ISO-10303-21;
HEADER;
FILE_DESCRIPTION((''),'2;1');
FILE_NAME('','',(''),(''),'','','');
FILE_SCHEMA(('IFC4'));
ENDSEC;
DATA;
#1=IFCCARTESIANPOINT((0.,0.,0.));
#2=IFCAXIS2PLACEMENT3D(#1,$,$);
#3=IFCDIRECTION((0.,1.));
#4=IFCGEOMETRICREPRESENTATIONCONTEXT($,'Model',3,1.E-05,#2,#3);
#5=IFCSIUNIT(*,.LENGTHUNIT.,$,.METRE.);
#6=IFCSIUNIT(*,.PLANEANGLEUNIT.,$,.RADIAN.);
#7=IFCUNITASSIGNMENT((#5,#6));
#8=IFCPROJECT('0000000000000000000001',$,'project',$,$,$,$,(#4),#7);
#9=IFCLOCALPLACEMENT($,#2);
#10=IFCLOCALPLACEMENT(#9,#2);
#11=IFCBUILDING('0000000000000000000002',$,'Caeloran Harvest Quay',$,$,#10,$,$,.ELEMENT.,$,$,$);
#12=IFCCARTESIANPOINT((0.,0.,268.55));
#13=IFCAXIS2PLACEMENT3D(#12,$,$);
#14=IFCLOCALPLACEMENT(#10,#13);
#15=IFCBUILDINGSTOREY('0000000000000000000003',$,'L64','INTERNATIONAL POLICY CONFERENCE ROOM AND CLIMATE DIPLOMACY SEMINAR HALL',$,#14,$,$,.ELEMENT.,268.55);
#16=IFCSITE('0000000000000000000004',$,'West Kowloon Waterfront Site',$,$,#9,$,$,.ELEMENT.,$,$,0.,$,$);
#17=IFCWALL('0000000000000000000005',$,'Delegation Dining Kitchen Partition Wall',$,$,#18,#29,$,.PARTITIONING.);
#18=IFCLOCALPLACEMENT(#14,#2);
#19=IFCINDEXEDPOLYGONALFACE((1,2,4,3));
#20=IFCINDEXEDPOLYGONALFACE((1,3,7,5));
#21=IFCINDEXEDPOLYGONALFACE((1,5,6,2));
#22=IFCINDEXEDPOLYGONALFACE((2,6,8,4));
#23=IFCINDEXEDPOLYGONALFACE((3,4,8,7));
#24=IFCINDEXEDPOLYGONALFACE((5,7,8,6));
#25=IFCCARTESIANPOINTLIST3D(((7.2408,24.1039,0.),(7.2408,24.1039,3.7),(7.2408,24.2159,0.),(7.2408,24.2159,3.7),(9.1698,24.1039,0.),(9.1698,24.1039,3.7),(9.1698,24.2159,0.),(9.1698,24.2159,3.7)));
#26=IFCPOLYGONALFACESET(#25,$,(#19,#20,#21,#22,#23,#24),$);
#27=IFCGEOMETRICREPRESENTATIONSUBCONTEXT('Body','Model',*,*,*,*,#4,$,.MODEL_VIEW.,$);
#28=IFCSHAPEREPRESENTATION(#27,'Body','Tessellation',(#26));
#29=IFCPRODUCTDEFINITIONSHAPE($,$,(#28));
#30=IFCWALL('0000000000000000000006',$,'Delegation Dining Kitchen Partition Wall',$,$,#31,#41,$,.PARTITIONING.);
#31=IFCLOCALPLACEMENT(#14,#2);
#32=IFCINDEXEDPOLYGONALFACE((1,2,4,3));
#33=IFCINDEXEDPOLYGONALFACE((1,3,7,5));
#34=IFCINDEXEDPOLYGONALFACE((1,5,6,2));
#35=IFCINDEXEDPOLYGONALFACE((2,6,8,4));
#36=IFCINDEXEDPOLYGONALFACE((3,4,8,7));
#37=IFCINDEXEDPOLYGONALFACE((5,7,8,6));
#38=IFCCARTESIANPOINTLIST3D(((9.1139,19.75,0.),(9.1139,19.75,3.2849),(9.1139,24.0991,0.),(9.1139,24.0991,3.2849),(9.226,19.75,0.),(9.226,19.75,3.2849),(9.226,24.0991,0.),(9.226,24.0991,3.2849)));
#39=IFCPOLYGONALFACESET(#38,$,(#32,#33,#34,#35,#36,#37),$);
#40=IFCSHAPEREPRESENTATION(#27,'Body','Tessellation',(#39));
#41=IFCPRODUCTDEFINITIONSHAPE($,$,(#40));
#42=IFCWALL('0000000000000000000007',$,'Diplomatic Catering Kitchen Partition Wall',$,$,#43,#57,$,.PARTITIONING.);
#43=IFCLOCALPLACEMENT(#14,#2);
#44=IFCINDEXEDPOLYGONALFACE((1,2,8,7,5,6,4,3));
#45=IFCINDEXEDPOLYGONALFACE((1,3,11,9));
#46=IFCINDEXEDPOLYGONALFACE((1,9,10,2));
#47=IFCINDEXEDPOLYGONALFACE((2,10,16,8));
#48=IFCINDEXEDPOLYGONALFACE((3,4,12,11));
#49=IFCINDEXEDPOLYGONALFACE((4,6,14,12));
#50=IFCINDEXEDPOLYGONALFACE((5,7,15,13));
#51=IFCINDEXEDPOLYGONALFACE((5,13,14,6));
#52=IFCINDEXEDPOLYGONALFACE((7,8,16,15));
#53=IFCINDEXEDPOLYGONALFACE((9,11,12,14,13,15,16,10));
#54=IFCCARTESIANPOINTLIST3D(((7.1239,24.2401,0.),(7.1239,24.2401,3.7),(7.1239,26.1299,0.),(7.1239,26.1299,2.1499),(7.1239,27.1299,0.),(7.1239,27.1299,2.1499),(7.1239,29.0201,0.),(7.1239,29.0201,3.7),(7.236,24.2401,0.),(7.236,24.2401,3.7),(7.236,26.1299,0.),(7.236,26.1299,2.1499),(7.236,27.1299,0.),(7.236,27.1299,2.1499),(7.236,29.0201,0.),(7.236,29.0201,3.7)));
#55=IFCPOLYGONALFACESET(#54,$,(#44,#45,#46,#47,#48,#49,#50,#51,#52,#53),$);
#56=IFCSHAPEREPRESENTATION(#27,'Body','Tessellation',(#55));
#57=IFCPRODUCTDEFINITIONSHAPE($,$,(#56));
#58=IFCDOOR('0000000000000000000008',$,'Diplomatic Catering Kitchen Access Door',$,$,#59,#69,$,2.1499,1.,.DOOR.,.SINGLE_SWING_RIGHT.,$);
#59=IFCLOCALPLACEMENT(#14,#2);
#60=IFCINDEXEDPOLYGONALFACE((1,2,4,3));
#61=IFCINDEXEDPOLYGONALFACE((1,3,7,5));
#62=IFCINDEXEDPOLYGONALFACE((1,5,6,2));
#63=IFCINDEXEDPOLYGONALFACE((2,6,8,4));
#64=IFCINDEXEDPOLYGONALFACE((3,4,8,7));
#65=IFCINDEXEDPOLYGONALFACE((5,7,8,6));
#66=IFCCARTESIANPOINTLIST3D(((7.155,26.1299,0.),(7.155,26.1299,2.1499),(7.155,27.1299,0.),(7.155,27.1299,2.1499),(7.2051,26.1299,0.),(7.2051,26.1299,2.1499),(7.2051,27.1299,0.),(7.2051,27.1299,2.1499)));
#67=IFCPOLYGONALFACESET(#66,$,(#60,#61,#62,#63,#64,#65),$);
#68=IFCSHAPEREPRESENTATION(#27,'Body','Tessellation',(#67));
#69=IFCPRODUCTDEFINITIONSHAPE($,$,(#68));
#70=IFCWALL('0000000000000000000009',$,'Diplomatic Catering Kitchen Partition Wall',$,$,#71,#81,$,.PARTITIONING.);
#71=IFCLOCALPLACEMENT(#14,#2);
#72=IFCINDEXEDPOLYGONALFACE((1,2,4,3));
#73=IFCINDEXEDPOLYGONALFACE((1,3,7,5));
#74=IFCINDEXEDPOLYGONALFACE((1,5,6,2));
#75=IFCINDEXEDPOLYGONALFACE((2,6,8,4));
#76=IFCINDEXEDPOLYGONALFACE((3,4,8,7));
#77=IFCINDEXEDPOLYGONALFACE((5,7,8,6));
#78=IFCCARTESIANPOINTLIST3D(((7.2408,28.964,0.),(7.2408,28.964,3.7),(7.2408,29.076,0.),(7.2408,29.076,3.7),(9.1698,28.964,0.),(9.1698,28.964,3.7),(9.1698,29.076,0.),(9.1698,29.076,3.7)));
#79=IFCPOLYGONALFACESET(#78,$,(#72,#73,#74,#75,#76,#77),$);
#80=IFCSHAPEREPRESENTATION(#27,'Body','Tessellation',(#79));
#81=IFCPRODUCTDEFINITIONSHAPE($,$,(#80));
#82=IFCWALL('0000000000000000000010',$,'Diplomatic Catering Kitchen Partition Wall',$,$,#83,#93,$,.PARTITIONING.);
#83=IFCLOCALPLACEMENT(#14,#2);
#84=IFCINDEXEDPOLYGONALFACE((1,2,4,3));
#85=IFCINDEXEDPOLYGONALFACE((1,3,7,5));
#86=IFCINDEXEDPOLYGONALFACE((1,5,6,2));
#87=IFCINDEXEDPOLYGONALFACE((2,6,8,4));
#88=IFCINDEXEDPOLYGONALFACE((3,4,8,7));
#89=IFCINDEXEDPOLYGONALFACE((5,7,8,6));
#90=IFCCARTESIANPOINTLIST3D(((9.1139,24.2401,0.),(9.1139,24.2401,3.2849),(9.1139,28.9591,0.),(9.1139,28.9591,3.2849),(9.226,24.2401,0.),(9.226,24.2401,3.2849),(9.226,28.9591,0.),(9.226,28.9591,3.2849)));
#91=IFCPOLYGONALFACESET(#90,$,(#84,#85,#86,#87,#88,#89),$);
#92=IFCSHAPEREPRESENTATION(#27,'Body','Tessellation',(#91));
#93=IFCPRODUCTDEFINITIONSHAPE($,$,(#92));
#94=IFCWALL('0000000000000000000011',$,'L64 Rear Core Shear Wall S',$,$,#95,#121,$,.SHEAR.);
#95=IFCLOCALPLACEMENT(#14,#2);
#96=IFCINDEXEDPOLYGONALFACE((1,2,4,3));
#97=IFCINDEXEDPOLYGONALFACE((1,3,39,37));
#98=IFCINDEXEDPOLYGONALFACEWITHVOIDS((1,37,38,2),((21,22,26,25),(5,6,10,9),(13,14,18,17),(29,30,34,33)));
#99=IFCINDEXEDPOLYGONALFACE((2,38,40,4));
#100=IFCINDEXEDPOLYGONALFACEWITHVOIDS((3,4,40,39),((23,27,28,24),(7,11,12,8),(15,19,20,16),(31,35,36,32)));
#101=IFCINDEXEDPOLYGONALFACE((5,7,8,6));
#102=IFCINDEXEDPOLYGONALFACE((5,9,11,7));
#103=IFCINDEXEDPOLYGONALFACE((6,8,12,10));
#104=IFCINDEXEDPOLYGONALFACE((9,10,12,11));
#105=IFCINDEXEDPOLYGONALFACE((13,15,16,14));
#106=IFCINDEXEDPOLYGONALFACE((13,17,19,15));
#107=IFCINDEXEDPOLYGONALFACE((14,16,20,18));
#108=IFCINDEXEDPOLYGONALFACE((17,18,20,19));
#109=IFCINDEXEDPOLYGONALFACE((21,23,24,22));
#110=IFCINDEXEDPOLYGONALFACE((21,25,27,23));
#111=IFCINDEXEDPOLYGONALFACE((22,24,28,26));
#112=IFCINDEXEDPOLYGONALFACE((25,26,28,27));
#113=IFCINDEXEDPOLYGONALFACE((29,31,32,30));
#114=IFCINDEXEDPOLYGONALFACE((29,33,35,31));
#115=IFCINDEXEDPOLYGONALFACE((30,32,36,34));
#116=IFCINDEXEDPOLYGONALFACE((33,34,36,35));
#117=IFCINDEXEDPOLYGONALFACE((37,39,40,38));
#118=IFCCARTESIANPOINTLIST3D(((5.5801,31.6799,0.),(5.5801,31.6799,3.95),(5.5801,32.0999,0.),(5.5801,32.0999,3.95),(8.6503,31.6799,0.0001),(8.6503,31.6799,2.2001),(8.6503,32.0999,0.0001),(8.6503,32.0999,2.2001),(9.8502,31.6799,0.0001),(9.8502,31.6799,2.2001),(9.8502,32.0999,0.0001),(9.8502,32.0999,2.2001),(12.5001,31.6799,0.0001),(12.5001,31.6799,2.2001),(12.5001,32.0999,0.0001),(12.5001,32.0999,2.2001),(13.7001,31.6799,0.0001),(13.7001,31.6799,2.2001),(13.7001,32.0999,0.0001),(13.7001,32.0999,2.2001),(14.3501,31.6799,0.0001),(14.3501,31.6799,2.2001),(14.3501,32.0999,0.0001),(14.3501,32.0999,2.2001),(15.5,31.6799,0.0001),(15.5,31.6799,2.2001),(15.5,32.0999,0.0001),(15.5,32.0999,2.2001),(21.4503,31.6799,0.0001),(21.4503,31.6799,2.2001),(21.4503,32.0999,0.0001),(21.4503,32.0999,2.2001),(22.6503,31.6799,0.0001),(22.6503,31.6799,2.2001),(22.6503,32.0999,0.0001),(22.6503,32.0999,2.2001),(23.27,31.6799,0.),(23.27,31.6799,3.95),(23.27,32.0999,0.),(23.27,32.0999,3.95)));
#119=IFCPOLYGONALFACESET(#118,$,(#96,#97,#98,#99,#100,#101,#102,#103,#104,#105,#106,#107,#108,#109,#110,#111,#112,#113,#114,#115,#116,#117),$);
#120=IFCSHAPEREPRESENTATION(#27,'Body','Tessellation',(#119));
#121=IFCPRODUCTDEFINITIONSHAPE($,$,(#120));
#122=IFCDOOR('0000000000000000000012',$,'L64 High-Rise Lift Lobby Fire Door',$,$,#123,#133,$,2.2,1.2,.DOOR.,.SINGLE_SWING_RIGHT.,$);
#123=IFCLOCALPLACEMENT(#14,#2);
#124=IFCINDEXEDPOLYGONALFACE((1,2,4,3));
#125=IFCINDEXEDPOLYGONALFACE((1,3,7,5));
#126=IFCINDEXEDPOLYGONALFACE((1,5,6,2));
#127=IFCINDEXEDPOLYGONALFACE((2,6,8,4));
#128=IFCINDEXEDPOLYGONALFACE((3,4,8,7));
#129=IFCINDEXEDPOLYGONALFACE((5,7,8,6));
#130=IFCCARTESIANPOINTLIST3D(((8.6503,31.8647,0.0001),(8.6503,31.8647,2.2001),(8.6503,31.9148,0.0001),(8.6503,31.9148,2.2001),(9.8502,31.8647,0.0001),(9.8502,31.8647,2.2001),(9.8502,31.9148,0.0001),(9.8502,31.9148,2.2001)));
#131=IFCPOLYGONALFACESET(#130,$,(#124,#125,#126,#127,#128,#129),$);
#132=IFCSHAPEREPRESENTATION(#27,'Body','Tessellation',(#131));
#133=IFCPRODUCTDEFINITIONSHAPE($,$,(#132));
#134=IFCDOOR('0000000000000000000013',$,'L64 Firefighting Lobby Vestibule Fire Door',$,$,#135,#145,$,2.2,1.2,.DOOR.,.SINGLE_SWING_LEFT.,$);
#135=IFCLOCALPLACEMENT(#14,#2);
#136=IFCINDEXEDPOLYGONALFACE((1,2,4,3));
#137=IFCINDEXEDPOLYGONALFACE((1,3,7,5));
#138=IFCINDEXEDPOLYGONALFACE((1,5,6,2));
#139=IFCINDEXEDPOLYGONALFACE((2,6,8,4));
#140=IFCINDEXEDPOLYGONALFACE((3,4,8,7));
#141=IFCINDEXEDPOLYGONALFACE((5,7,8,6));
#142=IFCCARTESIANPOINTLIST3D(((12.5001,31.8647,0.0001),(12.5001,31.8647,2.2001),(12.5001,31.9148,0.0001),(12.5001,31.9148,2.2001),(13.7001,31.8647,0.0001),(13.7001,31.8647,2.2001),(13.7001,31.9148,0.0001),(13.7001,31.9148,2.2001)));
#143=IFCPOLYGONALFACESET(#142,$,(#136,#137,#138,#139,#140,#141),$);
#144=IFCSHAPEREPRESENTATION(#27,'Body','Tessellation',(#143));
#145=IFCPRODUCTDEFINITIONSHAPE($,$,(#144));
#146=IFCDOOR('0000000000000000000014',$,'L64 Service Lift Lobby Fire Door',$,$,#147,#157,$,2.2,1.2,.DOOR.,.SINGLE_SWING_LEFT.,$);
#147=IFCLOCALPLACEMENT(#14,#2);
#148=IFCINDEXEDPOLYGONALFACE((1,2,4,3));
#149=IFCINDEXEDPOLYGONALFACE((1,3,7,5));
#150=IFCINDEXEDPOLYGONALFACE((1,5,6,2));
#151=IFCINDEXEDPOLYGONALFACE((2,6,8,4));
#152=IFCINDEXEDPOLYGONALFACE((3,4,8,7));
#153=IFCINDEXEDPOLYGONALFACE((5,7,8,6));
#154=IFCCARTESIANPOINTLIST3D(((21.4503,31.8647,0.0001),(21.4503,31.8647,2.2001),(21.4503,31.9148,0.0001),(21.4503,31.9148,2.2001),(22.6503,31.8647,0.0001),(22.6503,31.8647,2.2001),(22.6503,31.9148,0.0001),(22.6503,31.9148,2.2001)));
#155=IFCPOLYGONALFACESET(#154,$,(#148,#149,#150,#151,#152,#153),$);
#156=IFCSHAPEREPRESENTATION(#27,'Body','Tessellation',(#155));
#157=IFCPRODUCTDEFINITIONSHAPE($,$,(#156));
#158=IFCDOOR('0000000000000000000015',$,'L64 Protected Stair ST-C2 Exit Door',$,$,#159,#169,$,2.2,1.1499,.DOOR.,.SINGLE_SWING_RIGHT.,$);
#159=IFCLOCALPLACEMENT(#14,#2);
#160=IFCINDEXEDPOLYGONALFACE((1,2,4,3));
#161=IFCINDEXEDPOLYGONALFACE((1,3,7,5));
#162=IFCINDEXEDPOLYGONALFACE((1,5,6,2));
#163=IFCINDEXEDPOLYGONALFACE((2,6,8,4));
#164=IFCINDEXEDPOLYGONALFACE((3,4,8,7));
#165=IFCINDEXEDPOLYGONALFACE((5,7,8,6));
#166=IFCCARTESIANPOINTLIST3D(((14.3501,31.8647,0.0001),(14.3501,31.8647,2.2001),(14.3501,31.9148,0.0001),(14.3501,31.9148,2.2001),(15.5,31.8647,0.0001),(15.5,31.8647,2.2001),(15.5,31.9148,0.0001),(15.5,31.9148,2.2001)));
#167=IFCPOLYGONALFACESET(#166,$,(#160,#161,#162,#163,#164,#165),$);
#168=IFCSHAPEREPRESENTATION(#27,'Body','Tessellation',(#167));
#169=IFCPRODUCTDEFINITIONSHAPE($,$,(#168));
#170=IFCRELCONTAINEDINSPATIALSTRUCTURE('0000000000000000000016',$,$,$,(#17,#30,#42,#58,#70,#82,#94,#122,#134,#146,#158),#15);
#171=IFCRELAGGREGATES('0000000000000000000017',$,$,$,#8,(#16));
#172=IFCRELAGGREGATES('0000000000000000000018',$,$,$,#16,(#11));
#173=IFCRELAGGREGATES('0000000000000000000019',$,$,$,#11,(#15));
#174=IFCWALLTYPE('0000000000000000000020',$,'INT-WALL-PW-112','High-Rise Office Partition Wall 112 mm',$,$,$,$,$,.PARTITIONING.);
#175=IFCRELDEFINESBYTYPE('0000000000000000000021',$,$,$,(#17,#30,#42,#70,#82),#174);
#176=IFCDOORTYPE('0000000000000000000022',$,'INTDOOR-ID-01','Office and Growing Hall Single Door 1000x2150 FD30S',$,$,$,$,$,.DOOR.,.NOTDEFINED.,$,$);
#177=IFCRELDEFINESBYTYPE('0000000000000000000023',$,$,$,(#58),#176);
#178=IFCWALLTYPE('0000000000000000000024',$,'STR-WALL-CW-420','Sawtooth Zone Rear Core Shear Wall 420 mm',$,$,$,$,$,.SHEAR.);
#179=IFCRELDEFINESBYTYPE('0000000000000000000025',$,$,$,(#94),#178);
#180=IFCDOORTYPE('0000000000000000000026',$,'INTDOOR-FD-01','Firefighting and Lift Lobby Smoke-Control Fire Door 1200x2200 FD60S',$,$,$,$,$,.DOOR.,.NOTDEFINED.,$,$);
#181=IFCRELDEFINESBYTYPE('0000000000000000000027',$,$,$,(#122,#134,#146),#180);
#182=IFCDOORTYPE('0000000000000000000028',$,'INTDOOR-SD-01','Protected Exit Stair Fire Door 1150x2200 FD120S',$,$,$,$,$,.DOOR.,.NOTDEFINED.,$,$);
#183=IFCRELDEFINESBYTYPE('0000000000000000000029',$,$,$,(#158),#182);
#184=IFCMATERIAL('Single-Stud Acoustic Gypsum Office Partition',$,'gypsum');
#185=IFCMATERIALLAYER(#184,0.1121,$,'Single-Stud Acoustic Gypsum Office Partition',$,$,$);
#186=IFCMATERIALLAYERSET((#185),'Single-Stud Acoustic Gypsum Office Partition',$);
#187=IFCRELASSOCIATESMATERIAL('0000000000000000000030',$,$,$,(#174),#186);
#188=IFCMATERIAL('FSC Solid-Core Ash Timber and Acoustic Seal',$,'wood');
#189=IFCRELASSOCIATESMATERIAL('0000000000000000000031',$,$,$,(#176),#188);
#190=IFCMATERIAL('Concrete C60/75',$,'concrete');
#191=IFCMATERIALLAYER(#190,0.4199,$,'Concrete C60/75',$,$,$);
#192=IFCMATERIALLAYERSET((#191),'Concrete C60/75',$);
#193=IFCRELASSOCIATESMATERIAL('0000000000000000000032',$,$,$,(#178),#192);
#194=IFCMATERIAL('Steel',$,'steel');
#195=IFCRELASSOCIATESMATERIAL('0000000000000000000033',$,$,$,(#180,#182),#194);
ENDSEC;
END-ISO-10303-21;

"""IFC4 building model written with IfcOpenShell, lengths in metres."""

from ifc_helpers import new_model, si_unit, direction, frame, frame_2d, origin, place, context, subcontext, project, spatial, rectangle, extrude, material, layer, layer_set, type_object, element, fill, save


model = new_model("IFC4")

# Units and contexts
model_context = context("Model", 3, precision=1e-05, world=origin(), true_north=direction((0.0, 1.0)))
body_context = subcontext(model_context, "Body", "Model", "MODEL_VIEW")
ifc_project = project(units=[si_unit("LENGTHUNIT", "METRE"), si_unit("PLANEANGLEUNIT", "RADIAN")], contexts=[model_context])

# Site, building, storey
site_placement = place(None, origin())
site = spatial("IfcSite", under=ifc_project, at=site_placement, Name="West Kowloon Waterfront Site", CompositionType="ELEMENT", RefElevation=0.0)
building_placement = place(site_placement, origin())
building = spatial("IfcBuilding", under=site, at=building_placement, Name="Caeloran Harvest Quay", CompositionType="ELEMENT")
storey_placement = place(building_placement, frame((0.0, 0.0, 268.55)))
storey = spatial("IfcBuildingStorey", under=building, at=storey_placement, Name="L64", Description="INTERNATIONAL POLICY CONFERENCE ROOM AND CLIMATE DIPLOMACY SEMINAR HALL", CompositionType="ELEMENT", Elevation=268.55)

# Walls
ifc_material_1 = material(Name="Single-Stud Acoustic Gypsum Office Partition", Category="gypsum")
ifc_layer_1 = layer(ifc_material_1, 0.1121, Name="Single-Stud Acoustic Gypsum Office Partition")
ifc_layer_set_1 = layer_set([ifc_layer_1], Name="Single-Stud Acoustic Gypsum Office Partition")
wall_type_1 = type_object("IfcWallType", Name="INT-WALL-PW-112", Description="High-Rise Office Partition Wall 112 mm", PredefinedType="PARTITIONING", material=ifc_layer_set_1)
wall_1_placement = place(storey_placement, frame((7.241, 24.1599, 0.0), z_axis=(0.0, 0.0, 1.0), x_axis=(1.0, 0.0, 0.0)))
element("IfcWall", 1, at=wall_1_placement, inside=storey, type_object=wall_type_1, Name="Delegation Dining Kitchen Partition Wall", PredefinedType="PARTITIONING", context=body_context, shape_type="SweptSolid", body=[
    extrude(rectangle(XDim=1.929, YDim=0.1121, at=frame_2d((0.9644, 0.0))), origin(), (0.0, 0.0, 1.0), 3.7),
])
wall_2_placement = place(storey_placement, frame((9.1699, 24.0991, 0.0), z_axis=(0.0, 0.0, 1.0), x_axis=(0.0, -1.0, 0.0)))
element("IfcWall", 2, at=wall_2_placement, inside=storey, type_object=wall_type_1, Name="Delegation Dining Kitchen Partition Wall", PredefinedType="PARTITIONING", context=body_context, shape_type="SweptSolid", body=[
    extrude(rectangle(XDim=4.3491, YDim=0.1121, at=frame_2d((2.1746, 0.0))), origin(), (0.0, 0.0, 1.0), 3.2849),
])

# Wall, opening, door
wall_3_placement = place(storey_placement, frame((7.1799, 24.24, 0.0), z_axis=(0.0, 0.0, 1.0), x_axis=(0.0, 1.0, 0.0)))
wall_3 = element("IfcWall", 3, at=wall_3_placement, inside=storey, type_object=wall_type_1, Name="Diplomatic Catering Kitchen Partition Wall", PredefinedType="PARTITIONING", context=body_context, shape_type="SweptSolid", body=[
    extrude(rectangle(XDim=4.78, YDim=0.1121, at=frame_2d((2.3901, 0.0))), origin(), (0.0, 0.0, 1.0), 3.7),
])
opening_1_placement = place(wall_3_placement, frame((1.8899, 0.0, 0.0)))
opening_1 = element("IfcOpeningElement", 4, at=opening_1_placement, cuts=wall_3, PredefinedType="OPENING", context=body_context, shape_type="SweptSolid", body=[
    extrude(rectangle(XDim=1.0, YDim=2.1499, at=frame_2d((0.5, 1.075))), frame((0.0, 0.0659, 0.0), z_axis=(0.0, -1.0, 0.0), x_axis=(1.0, 0.0, 0.0)), (0.0, 0.0, 1.0), 0.1321),
])
ifc_material_2 = material(Name="FSC Solid-Core Ash Timber and Acoustic Seal", Category="wood")
door_type_1 = type_object("IfcDoorType", Name="INTDOOR-ID-01", Description="Office and Growing Hall Single Door 1000x2150 FD30S", OperationType="NOTDEFINED", PredefinedType="DOOR", material=ifc_material_2)
door_1_placement = place(opening_1_placement, origin())
door_1 = element("IfcDoor", 5, at=door_1_placement, inside=storey, type_object=door_type_1, Name="Diplomatic Catering Kitchen Access Door", OperationType="SINGLE_SWING_RIGHT", OverallHeight=2.1499, OverallWidth=1.0, PredefinedType="DOOR", context=body_context, shape_type="SweptSolid", body=[
    extrude(rectangle(XDim=1.0, YDim=2.1499, at=frame_2d((0.5, 1.075))), frame((0.0, 0.0249, 0.0), z_axis=(0.0, -1.0, 0.0), x_axis=(1.0, 0.0, 0.0)), (0.0, 0.0, 1.0), 0.05),
])
fill(opening_1, door_1)

# Walls
wall_4_placement = place(storey_placement, frame((7.241, 29.02, 0.0), z_axis=(0.0, 0.0, 1.0), x_axis=(1.0, 0.0, 0.0)))
element("IfcWall", 6, at=wall_4_placement, inside=storey, type_object=wall_type_1, Name="Diplomatic Catering Kitchen Partition Wall", PredefinedType="PARTITIONING", context=body_context, shape_type="SweptSolid", body=[
    extrude(rectangle(XDim=1.929, YDim=0.1121, at=frame_2d((0.9644, 0.0))), origin(), (0.0, 0.0, 1.0), 3.7),
])
wall_5_placement = place(storey_placement, frame((9.1699, 28.959, 0.0), z_axis=(0.0, 0.0, 1.0), x_axis=(0.0, -1.0, 0.0)))
element("IfcWall", 7, at=wall_5_placement, inside=storey, type_object=wall_type_1, Name="Diplomatic Catering Kitchen Partition Wall", PredefinedType="PARTITIONING", context=body_context, shape_type="SweptSolid", body=[
    extrude(rectangle(XDim=4.719, YDim=0.1121, at=frame_2d((2.3594, 0.0))), origin(), (0.0, 0.0, 1.0), 3.2849),
])

# Wall, openings, doors
ifc_material_3 = material(Name="Concrete C60/75", Category="concrete")
ifc_layer_2 = layer(ifc_material_3, 0.4199, Name="Concrete C60/75")
ifc_layer_set_2 = layer_set([ifc_layer_2], Name="Concrete C60/75")
wall_type_2 = type_object("IfcWallType", Name="STR-WALL-CW-420", Description="Sawtooth Zone Rear Core Shear Wall 420 mm", PredefinedType="SHEAR", material=ifc_layer_set_2)
wall_6_placement = place(storey_placement, frame((5.5801, 31.8899, 0.0), z_axis=(0.0, 0.0, 1.0), x_axis=(1.0, 0.0, 0.0)))
wall_6 = element("IfcWall", 8, at=wall_6_placement, inside=storey, type_object=wall_type_2, Name="L64 Rear Core Shear Wall S", PredefinedType="SHEAR", context=body_context, shape_type="SweptSolid", body=[
    extrude(rectangle(XDim=17.6899, YDim=0.4199, at=frame_2d((8.845, 0.0))), origin(), (0.0, 0.0, 1.0), 3.95),
])
opening_2_placement = place(wall_6_placement, frame((3.0701, 0.0, 0.0)))
opening_2 = element("IfcOpeningElement", 9, at=opening_2_placement, cuts=wall_6, PredefinedType="OPENING", context=body_context, shape_type="SweptSolid", body=[
    extrude(rectangle(XDim=1.2, YDim=2.2, at=frame_2d((0.6001, 1.1001))), frame((0.0, 0.22, 0.0), z_axis=(0.0, -1.0, 0.0), x_axis=(1.0, 0.0, 0.0)), (0.0, 0.0, 1.0), 0.4399),
])
opening_3_placement = place(wall_6_placement, frame((6.9199, 0.0, 0.0)))
opening_3 = element("IfcOpeningElement", 10, at=opening_3_placement, cuts=wall_6, PredefinedType="OPENING", context=body_context, shape_type="SweptSolid", body=[
    extrude(rectangle(XDim=1.2, YDim=2.2, at=frame_2d((0.6001, 1.1001))), frame((0.0, 0.22, 0.0), z_axis=(0.0, -1.0, 0.0), x_axis=(1.0, 0.0, 0.0)), (0.0, 0.0, 1.0), 0.4399),
])
opening_4_placement = place(wall_6_placement, frame((8.77, 0.0, 0.0)))
opening_4 = element("IfcOpeningElement", 11, at=opening_4_placement, cuts=wall_6, PredefinedType="OPENING", context=body_context, shape_type="SweptSolid", body=[
    extrude(rectangle(XDim=1.1499, YDim=2.2, at=frame_2d((0.575, 1.1001))), frame((0.0, 0.22, 0.0), z_axis=(0.0, -1.0, 0.0), x_axis=(1.0, 0.0, 0.0)), (0.0, 0.0, 1.0), 0.4399),
])
opening_5_placement = place(wall_6_placement, frame((15.8701, 0.0, 0.0)))
opening_5 = element("IfcOpeningElement", 12, at=opening_5_placement, cuts=wall_6, PredefinedType="OPENING", context=body_context, shape_type="SweptSolid", body=[
    extrude(rectangle(XDim=1.2, YDim=2.2, at=frame_2d((0.6001, 1.1001))), frame((0.0, 0.22, 0.0), z_axis=(0.0, -1.0, 0.0), x_axis=(1.0, 0.0, 0.0)), (0.0, 0.0, 1.0), 0.4399),
])
ifc_material_4 = material(Name="Steel", Category="steel")
door_type_2 = type_object("IfcDoorType", Name="INTDOOR-FD-01", Description="Firefighting and Lift Lobby Smoke-Control Fire Door 1200x2200 FD60S", OperationType="NOTDEFINED", PredefinedType="DOOR", material=ifc_material_4)
door_2_placement = place(opening_2_placement, origin())
door_2 = element("IfcDoor", 13, at=door_2_placement, inside=storey, type_object=door_type_2, Name="L64 High-Rise Lift Lobby Fire Door", OperationType="SINGLE_SWING_RIGHT", OverallHeight=2.2, OverallWidth=1.2, PredefinedType="DOOR", context=body_context, shape_type="SweptSolid", body=[
    extrude(rectangle(XDim=1.2, YDim=2.2, at=frame_2d((0.6001, 1.1001))), frame((0.0, 0.0249, 0.0), z_axis=(0.0, -1.0, 0.0), x_axis=(1.0, 0.0, 0.0)), (0.0, 0.0, 1.0), 0.05),
])
fill(opening_2, door_2)
door_3_placement = place(opening_3_placement, origin())
door_3 = element("IfcDoor", 14, at=door_3_placement, inside=storey, type_object=door_type_2, Name="L64 Firefighting Lobby Vestibule Fire Door", OperationType="SINGLE_SWING_LEFT", OverallHeight=2.2, OverallWidth=1.2, PredefinedType="DOOR", context=body_context, shape_type="SweptSolid", body=[
    extrude(rectangle(XDim=1.2, YDim=2.2, at=frame_2d((0.6001, 1.1001))), frame((0.0, 0.0249, 0.0), z_axis=(0.0, -1.0, 0.0), x_axis=(1.0, 0.0, 0.0)), (0.0, 0.0, 1.0), 0.05),
])
fill(opening_3, door_3)
door_4_placement = place(opening_5_placement, origin())
door_4 = element("IfcDoor", 15, at=door_4_placement, inside=storey, type_object=door_type_2, Name="L64 Service Lift Lobby Fire Door", OperationType="SINGLE_SWING_LEFT", OverallHeight=2.2, OverallWidth=1.2, PredefinedType="DOOR", context=body_context, shape_type="SweptSolid", body=[
    extrude(rectangle(XDim=1.2, YDim=2.2, at=frame_2d((0.6001, 1.1001))), frame((0.0, 0.0249, 0.0), z_axis=(0.0, -1.0, 0.0), x_axis=(1.0, 0.0, 0.0)), (0.0, 0.0, 1.0), 0.05),
])
fill(opening_5, door_4)
door_type_3 = type_object("IfcDoorType", Name="INTDOOR-SD-01", Description="Protected Exit Stair Fire Door 1150x2200 FD120S", OperationType="NOTDEFINED", PredefinedType="DOOR", material=ifc_material_4)
door_5_placement = place(opening_4_placement, origin())
door_5 = element("IfcDoor", 16, at=door_5_placement, inside=storey, type_object=door_type_3, Name="L64 Protected Stair ST-C2 Exit Door", OperationType="SINGLE_SWING_RIGHT", OverallHeight=2.2, OverallWidth=1.1499, PredefinedType="DOOR", context=body_context, shape_type="SweptSolid", body=[
    extrude(rectangle(XDim=1.1499, YDim=2.2, at=frame_2d((0.575, 1.1001))), frame((0.0, 0.0249, 0.0), z_axis=(0.0, -1.0, 0.0), x_axis=(1.0, 0.0, 0.0)), (0.0, 0.0, 1.0), 0.05),
])
fill(opening_4, door_5)

save(model, "model.ifc")
